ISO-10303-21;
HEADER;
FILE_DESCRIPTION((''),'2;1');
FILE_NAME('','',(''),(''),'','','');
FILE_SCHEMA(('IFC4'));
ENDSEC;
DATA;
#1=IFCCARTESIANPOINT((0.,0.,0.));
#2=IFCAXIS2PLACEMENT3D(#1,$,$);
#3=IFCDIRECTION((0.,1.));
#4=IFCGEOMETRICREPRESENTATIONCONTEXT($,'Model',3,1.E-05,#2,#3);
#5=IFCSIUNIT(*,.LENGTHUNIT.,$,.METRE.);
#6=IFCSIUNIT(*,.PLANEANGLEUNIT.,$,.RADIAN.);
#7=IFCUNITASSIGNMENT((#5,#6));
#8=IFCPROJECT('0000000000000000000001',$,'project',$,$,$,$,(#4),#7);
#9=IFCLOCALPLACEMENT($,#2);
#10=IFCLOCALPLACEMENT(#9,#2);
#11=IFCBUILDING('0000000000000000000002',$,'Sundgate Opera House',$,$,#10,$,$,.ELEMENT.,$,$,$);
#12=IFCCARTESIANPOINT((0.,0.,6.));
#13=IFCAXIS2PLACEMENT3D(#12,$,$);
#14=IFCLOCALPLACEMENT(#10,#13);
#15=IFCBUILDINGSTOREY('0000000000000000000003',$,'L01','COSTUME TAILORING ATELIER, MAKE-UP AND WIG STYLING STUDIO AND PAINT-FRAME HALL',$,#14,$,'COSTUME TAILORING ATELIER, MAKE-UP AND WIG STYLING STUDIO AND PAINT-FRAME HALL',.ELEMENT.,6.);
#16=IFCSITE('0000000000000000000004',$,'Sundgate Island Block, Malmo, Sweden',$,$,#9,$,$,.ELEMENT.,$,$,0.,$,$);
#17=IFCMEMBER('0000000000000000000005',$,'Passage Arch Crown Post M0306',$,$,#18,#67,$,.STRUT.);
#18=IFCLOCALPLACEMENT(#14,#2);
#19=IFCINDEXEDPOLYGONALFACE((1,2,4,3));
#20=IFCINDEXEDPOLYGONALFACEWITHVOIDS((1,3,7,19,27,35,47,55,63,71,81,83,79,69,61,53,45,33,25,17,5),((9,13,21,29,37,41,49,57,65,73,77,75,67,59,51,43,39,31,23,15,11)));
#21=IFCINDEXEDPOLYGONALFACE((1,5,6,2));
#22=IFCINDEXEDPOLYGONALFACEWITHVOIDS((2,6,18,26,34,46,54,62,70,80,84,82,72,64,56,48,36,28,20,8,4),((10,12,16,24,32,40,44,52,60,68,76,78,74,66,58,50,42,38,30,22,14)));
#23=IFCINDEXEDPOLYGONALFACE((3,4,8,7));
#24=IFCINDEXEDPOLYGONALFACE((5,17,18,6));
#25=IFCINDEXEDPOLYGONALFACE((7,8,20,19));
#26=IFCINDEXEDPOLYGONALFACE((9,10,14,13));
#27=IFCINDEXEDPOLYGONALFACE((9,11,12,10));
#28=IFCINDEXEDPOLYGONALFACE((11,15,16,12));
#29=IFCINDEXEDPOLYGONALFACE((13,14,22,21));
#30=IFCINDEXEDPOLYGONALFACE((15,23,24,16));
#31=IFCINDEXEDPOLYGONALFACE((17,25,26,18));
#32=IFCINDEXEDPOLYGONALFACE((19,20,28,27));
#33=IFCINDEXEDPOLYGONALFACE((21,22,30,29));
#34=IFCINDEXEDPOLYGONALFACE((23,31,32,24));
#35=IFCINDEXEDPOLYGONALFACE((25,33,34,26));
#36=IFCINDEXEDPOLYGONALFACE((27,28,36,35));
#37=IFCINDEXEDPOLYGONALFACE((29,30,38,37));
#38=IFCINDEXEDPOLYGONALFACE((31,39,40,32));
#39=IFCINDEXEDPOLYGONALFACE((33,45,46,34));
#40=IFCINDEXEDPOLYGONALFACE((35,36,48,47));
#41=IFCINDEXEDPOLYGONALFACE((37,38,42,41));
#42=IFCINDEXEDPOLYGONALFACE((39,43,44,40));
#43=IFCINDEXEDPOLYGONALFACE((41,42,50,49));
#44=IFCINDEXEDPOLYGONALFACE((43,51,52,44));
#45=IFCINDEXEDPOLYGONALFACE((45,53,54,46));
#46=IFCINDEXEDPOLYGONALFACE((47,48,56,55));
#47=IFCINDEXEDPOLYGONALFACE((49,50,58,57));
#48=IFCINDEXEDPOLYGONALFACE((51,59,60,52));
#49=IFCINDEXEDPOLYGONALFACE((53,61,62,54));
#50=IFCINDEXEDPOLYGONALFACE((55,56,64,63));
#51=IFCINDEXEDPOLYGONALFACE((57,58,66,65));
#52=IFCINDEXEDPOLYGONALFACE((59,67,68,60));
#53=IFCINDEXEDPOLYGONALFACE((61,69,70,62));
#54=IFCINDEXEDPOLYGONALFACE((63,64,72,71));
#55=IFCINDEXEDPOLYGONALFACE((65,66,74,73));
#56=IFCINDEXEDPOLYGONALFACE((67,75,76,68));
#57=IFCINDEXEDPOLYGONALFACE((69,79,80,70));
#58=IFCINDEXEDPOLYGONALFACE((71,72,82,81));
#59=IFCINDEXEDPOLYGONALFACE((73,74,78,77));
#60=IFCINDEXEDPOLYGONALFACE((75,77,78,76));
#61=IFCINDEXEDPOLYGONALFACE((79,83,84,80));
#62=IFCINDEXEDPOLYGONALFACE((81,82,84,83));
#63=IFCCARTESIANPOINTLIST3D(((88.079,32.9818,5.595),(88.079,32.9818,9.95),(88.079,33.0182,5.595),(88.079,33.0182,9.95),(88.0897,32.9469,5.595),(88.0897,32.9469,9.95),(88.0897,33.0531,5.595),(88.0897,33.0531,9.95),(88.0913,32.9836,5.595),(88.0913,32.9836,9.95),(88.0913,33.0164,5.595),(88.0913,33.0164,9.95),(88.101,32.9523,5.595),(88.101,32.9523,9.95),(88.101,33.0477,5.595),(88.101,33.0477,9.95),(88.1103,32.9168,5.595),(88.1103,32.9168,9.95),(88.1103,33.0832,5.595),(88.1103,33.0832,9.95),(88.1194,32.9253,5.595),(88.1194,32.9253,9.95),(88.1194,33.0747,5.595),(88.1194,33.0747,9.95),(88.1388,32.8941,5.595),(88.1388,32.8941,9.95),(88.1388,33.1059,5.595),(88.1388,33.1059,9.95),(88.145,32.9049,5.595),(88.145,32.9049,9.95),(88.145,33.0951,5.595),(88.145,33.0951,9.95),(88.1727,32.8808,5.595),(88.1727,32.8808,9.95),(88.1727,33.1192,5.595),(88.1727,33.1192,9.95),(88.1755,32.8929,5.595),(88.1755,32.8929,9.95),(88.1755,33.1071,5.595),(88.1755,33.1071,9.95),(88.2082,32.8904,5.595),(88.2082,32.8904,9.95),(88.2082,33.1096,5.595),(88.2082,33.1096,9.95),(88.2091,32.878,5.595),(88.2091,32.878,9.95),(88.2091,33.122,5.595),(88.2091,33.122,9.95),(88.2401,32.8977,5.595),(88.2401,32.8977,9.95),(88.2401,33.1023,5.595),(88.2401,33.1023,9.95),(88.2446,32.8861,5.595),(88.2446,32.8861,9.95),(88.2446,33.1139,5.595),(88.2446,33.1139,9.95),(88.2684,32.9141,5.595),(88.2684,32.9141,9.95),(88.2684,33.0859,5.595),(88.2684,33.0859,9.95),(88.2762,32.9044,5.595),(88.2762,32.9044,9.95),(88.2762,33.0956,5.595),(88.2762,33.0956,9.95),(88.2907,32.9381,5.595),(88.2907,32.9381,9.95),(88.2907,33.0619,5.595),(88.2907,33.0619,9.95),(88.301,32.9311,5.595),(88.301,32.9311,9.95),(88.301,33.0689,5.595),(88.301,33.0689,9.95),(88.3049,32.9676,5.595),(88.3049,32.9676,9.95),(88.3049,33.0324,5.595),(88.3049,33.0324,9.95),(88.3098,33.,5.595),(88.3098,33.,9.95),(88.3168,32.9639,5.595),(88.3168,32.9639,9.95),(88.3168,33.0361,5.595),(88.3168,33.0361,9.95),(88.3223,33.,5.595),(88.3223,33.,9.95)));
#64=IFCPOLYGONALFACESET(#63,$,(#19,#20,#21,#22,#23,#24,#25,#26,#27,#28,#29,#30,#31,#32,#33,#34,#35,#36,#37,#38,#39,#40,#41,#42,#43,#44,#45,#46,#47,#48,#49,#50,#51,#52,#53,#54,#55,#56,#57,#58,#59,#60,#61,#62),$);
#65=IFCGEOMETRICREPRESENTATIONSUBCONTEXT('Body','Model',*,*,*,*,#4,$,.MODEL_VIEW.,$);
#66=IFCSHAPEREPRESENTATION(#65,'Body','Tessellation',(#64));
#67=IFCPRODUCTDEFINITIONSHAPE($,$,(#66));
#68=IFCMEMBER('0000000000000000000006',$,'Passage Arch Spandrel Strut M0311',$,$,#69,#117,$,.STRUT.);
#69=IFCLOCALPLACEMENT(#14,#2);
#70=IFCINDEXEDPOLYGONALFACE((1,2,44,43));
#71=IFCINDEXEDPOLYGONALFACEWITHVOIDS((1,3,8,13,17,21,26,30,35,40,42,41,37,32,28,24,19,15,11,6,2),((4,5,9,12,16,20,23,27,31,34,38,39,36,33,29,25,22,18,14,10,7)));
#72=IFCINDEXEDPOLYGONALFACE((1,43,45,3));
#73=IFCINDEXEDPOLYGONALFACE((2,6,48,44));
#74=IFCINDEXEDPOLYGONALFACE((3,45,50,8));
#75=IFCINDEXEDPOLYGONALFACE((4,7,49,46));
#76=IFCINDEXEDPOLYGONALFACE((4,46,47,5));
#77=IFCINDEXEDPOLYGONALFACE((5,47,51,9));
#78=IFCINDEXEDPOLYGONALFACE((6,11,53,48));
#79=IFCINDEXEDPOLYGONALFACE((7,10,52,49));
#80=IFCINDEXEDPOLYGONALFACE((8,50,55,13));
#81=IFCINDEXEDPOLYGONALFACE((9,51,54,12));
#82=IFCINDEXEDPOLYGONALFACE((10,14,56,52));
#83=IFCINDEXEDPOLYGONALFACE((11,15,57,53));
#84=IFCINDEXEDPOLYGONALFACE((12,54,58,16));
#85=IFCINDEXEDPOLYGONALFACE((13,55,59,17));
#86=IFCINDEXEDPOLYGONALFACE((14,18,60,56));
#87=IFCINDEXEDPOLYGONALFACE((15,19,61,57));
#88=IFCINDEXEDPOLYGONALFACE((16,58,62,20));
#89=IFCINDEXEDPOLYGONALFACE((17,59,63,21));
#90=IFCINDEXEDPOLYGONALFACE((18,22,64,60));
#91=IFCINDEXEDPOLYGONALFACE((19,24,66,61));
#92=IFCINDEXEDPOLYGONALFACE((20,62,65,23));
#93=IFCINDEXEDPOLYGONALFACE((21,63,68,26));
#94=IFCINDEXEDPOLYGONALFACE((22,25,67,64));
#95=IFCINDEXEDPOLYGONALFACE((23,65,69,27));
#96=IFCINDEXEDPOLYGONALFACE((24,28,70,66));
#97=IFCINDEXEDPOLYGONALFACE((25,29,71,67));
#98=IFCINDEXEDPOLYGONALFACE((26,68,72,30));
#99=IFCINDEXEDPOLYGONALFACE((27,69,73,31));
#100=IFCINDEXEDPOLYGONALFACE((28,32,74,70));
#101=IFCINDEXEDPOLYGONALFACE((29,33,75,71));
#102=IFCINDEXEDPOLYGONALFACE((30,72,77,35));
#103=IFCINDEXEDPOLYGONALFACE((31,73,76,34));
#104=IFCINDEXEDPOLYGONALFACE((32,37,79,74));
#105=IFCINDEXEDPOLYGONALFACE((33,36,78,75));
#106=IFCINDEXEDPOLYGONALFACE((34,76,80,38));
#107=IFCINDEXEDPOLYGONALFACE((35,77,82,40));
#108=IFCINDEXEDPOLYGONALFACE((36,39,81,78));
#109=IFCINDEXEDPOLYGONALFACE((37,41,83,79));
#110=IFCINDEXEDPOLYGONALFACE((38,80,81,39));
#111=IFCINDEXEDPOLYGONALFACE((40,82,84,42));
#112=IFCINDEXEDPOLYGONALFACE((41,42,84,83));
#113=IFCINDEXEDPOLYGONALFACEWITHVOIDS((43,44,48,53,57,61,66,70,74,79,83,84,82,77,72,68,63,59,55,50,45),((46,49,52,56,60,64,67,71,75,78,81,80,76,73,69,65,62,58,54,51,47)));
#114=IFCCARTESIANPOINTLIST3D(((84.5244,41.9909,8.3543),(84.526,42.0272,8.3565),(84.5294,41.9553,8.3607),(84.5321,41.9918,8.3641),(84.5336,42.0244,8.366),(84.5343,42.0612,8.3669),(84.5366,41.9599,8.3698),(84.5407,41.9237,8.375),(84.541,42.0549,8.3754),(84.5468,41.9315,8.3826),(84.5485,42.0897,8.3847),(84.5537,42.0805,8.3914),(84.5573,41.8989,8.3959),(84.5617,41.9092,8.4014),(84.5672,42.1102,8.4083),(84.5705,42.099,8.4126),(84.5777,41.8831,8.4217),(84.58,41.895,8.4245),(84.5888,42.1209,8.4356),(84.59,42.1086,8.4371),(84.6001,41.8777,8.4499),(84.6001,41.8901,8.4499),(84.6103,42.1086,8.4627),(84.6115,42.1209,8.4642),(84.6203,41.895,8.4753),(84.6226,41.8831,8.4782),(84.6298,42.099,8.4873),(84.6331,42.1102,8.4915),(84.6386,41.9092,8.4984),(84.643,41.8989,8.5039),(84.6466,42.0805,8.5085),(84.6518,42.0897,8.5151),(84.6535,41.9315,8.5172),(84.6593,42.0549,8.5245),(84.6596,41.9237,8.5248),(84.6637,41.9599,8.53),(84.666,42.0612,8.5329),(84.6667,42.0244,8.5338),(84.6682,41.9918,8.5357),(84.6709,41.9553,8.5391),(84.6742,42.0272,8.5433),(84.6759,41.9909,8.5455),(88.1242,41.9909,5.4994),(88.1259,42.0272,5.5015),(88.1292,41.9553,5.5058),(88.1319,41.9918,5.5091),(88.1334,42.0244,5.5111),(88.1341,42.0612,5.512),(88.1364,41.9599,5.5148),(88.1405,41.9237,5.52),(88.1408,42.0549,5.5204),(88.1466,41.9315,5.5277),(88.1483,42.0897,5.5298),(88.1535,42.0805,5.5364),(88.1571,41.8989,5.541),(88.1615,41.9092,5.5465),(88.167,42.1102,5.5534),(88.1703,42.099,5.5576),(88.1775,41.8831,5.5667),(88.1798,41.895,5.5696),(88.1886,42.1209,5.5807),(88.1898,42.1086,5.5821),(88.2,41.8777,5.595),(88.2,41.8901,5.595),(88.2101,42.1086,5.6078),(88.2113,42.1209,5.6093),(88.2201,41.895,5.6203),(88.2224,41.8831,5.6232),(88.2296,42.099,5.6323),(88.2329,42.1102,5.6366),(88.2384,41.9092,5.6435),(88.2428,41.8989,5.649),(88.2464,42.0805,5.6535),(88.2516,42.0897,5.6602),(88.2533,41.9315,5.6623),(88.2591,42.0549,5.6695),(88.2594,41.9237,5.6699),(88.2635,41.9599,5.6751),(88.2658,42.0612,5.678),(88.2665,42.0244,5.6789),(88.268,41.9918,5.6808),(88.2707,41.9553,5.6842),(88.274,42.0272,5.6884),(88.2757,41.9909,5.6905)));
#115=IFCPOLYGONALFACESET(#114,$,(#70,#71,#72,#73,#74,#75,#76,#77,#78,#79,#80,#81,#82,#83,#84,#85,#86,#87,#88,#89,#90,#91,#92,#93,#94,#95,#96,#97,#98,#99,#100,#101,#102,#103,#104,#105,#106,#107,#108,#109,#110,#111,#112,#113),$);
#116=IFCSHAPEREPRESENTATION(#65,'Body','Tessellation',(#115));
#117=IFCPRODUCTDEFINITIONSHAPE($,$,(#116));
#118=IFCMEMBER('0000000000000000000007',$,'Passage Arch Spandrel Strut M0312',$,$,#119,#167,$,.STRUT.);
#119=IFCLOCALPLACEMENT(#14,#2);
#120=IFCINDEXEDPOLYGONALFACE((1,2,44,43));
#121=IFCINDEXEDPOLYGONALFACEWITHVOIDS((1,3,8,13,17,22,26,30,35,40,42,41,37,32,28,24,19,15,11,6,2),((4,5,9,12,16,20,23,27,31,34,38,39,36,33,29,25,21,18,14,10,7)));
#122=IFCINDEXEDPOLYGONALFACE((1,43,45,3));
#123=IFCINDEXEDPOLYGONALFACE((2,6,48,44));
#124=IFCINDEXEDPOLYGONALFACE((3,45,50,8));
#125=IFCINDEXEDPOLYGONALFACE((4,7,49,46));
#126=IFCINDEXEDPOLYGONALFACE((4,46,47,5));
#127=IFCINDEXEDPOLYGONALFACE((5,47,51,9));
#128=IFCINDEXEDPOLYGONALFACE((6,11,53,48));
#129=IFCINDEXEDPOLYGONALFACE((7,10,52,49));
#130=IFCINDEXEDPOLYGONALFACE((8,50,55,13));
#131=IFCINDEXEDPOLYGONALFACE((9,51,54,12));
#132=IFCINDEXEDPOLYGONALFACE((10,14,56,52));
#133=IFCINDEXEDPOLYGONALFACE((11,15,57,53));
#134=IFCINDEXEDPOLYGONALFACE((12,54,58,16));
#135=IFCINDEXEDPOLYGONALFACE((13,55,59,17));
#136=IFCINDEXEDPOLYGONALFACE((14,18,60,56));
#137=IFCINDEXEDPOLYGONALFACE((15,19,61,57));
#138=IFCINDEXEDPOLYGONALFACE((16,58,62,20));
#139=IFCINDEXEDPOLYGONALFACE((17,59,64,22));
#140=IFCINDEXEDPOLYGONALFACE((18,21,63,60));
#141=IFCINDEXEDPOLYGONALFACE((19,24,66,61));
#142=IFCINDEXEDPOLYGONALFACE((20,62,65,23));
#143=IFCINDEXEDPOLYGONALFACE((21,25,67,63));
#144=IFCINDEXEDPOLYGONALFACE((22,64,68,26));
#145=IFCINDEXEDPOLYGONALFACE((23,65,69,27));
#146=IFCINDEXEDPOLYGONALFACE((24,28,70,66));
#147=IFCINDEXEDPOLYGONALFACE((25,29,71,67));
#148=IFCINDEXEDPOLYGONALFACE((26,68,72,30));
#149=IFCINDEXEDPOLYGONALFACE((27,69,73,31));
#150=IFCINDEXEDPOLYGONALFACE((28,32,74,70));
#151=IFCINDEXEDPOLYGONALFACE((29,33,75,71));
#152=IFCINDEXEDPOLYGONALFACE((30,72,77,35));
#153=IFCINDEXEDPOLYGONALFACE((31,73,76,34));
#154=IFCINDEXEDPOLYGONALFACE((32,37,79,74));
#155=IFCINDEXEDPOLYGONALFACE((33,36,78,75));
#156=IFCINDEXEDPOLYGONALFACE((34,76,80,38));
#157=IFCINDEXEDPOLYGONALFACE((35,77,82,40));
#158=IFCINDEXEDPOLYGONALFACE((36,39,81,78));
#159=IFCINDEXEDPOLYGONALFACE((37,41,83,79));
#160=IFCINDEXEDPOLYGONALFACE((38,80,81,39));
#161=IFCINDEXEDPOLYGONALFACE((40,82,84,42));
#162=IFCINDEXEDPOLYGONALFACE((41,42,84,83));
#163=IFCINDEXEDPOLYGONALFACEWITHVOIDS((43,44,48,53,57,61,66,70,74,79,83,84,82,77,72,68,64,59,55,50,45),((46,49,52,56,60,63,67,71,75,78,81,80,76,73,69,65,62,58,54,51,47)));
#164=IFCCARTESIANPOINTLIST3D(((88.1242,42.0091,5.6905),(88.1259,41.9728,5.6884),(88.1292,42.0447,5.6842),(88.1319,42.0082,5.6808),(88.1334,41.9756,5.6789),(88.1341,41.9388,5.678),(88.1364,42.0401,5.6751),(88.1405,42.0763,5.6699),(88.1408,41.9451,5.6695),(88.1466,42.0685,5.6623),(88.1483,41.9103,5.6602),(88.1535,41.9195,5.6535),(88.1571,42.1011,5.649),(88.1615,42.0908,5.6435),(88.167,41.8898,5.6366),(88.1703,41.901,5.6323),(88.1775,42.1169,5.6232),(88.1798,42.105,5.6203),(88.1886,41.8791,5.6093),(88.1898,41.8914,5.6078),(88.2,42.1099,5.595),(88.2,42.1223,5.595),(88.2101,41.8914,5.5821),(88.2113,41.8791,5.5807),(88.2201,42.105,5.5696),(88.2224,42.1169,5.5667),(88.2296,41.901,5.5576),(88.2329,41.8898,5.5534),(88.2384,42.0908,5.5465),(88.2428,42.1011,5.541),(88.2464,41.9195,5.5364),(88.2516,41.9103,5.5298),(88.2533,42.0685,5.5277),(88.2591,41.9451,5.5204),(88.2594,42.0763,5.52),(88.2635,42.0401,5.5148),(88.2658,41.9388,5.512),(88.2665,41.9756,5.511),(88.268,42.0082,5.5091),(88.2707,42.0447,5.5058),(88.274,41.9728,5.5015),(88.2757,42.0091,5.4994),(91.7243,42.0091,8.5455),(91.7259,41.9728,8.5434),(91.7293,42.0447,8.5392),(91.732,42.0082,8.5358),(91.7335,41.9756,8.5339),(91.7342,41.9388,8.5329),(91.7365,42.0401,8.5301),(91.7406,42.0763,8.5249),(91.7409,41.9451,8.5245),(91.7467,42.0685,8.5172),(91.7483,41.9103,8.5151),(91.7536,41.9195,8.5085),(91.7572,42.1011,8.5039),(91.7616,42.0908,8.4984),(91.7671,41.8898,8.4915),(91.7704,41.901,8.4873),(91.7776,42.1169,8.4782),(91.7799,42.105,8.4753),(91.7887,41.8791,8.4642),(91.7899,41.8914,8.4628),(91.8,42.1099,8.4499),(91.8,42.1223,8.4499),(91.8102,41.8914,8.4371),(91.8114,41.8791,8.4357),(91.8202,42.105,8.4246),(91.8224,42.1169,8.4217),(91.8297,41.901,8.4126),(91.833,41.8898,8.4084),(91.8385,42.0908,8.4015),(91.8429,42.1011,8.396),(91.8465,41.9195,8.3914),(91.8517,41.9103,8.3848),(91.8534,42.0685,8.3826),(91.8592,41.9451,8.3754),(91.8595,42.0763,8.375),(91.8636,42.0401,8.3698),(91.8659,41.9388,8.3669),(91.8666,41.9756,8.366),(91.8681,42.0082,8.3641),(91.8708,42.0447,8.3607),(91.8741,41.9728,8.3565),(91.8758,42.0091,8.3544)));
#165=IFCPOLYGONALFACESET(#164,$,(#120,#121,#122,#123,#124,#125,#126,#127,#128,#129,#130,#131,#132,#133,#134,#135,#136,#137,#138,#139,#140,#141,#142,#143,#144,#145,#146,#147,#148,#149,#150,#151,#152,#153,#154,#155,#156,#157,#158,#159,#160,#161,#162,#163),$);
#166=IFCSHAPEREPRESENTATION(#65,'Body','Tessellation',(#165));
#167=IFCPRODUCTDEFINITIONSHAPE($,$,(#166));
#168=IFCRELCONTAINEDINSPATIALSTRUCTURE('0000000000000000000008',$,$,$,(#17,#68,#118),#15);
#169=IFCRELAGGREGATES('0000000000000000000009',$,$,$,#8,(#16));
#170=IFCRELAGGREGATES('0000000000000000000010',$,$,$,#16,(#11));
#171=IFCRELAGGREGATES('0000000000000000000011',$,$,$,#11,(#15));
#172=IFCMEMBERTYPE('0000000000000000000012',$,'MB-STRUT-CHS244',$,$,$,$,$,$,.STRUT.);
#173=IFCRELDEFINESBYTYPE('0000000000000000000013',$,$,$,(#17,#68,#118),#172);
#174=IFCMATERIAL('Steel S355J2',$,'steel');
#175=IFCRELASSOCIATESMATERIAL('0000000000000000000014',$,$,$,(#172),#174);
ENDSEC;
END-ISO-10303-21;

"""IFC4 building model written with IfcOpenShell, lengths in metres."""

from ifc_helpers import new_model, si_unit, direction, frame, origin, origin_2d, place, context, subcontext, project, spatial, hollow_circle, extrude, material, material_profile, profile_set, type_object, element, save


model = new_model("IFC4")

# Units and contexts
model_context = context("Model", 3, precision=1e-05, world=origin(), true_north=direction((0.0, 1.0)))
body_context = subcontext(model_context, "Body", "Model", "MODEL_VIEW")
ifc_project = project(units=[si_unit("LENGTHUNIT", "METRE"), si_unit("PLANEANGLEUNIT", "RADIAN")], contexts=[model_context])

# Site, building, storey
site_placement = place(None, origin())
site = spatial("IfcSite", under=ifc_project, at=site_placement, Name="Sundgate Island Block, Malmo, Sweden", CompositionType="ELEMENT", RefElevation=0.0)
building_placement = place(site_placement, origin())
building = spatial("IfcBuilding", under=site, at=building_placement, Name="Sundgate Opera House", CompositionType="ELEMENT")
storey_placement = place(building_placement, frame((0.0, 0.0, 6.0)))
storey = spatial("IfcBuildingStorey", under=building, at=storey_placement, Name="L01", Description="COSTUME TAILORING ATELIER, MAKE-UP AND WIG STYLING STUDIO AND PAINT-FRAME HALL", LongName="COSTUME TAILORING ATELIER, MAKE-UP AND WIG STYLING STUDIO AND PAINT-FRAME HALL", CompositionType="ELEMENT", Elevation=6.0)

# Members
ifc_material_1 = material(Name="Steel S355J2", Category="steel")
ifc_material_profile_1 = material_profile(ifc_material_1, hollow_circle(Radius=0.1223, WallThickness=0.0125, at=origin_2d()), Name="CHS 244.5x12.5")
ifc_profile_set_1 = profile_set([ifc_material_profile_1], Name="Steel S355J2")
member_type_1 = type_object("IfcMemberType", Name="MB-STRUT-CHS244", PredefinedType="STRUT", material=ifc_profile_set_1)
member_1_placement = place(storey_placement, frame((88.2, 33.0, 5.595), z_axis=(0.0, 0.0, 1.0), x_axis=(1.0, 0.0, 0.0)))
element("IfcMember", 1, at=member_1_placement, inside=storey, type_object=member_type_1, Name="Passage Arch Crown Post M0306", PredefinedType="STRUT", context=body_context, shape_type="SweptSolid", body=[
    extrude(hollow_circle(Radius=0.1223, WallThickness=0.0125, at=origin_2d()), origin(), (0.0, 0.0, 1.0), 4.355),
])
member_2_placement = place(storey_placement, frame((88.2, 42.0, 5.595), z_axis=(-0.783506, 0.0, 0.621385), x_axis=(0.0, -1.0, 0.0)))
element("IfcMember", 2, at=member_2_placement, inside=storey, type_object=member_type_1, Name="Passage Arch Spandrel Strut M0311", PredefinedType="STRUT", context=body_context, shape_type="SweptSolid", body=[
    extrude(hollow_circle(Radius=0.1223, WallThickness=0.0125, at=origin_2d()), origin(), (0.0, 0.0, 1.0), 4.5945),
])
member_3_placement = place(storey_placement, frame((88.2, 42.0, 5.595), z_axis=(0.783526, 0.0, 0.621359), x_axis=(0.0, 1.0, 0.0)))
element("IfcMember", 3, at=member_3_placement, inside=storey, type_object=member_type_1, Name="Passage Arch Spandrel Strut M0312", PredefinedType="STRUT", context=body_context, shape_type="SweptSolid", body=[
    extrude(hollow_circle(Radius=0.1223, WallThickness=0.0125, at=origin_2d()), origin(), (0.0, 0.0, 1.0), 4.5947),
])

save(model, "model.ifc")
